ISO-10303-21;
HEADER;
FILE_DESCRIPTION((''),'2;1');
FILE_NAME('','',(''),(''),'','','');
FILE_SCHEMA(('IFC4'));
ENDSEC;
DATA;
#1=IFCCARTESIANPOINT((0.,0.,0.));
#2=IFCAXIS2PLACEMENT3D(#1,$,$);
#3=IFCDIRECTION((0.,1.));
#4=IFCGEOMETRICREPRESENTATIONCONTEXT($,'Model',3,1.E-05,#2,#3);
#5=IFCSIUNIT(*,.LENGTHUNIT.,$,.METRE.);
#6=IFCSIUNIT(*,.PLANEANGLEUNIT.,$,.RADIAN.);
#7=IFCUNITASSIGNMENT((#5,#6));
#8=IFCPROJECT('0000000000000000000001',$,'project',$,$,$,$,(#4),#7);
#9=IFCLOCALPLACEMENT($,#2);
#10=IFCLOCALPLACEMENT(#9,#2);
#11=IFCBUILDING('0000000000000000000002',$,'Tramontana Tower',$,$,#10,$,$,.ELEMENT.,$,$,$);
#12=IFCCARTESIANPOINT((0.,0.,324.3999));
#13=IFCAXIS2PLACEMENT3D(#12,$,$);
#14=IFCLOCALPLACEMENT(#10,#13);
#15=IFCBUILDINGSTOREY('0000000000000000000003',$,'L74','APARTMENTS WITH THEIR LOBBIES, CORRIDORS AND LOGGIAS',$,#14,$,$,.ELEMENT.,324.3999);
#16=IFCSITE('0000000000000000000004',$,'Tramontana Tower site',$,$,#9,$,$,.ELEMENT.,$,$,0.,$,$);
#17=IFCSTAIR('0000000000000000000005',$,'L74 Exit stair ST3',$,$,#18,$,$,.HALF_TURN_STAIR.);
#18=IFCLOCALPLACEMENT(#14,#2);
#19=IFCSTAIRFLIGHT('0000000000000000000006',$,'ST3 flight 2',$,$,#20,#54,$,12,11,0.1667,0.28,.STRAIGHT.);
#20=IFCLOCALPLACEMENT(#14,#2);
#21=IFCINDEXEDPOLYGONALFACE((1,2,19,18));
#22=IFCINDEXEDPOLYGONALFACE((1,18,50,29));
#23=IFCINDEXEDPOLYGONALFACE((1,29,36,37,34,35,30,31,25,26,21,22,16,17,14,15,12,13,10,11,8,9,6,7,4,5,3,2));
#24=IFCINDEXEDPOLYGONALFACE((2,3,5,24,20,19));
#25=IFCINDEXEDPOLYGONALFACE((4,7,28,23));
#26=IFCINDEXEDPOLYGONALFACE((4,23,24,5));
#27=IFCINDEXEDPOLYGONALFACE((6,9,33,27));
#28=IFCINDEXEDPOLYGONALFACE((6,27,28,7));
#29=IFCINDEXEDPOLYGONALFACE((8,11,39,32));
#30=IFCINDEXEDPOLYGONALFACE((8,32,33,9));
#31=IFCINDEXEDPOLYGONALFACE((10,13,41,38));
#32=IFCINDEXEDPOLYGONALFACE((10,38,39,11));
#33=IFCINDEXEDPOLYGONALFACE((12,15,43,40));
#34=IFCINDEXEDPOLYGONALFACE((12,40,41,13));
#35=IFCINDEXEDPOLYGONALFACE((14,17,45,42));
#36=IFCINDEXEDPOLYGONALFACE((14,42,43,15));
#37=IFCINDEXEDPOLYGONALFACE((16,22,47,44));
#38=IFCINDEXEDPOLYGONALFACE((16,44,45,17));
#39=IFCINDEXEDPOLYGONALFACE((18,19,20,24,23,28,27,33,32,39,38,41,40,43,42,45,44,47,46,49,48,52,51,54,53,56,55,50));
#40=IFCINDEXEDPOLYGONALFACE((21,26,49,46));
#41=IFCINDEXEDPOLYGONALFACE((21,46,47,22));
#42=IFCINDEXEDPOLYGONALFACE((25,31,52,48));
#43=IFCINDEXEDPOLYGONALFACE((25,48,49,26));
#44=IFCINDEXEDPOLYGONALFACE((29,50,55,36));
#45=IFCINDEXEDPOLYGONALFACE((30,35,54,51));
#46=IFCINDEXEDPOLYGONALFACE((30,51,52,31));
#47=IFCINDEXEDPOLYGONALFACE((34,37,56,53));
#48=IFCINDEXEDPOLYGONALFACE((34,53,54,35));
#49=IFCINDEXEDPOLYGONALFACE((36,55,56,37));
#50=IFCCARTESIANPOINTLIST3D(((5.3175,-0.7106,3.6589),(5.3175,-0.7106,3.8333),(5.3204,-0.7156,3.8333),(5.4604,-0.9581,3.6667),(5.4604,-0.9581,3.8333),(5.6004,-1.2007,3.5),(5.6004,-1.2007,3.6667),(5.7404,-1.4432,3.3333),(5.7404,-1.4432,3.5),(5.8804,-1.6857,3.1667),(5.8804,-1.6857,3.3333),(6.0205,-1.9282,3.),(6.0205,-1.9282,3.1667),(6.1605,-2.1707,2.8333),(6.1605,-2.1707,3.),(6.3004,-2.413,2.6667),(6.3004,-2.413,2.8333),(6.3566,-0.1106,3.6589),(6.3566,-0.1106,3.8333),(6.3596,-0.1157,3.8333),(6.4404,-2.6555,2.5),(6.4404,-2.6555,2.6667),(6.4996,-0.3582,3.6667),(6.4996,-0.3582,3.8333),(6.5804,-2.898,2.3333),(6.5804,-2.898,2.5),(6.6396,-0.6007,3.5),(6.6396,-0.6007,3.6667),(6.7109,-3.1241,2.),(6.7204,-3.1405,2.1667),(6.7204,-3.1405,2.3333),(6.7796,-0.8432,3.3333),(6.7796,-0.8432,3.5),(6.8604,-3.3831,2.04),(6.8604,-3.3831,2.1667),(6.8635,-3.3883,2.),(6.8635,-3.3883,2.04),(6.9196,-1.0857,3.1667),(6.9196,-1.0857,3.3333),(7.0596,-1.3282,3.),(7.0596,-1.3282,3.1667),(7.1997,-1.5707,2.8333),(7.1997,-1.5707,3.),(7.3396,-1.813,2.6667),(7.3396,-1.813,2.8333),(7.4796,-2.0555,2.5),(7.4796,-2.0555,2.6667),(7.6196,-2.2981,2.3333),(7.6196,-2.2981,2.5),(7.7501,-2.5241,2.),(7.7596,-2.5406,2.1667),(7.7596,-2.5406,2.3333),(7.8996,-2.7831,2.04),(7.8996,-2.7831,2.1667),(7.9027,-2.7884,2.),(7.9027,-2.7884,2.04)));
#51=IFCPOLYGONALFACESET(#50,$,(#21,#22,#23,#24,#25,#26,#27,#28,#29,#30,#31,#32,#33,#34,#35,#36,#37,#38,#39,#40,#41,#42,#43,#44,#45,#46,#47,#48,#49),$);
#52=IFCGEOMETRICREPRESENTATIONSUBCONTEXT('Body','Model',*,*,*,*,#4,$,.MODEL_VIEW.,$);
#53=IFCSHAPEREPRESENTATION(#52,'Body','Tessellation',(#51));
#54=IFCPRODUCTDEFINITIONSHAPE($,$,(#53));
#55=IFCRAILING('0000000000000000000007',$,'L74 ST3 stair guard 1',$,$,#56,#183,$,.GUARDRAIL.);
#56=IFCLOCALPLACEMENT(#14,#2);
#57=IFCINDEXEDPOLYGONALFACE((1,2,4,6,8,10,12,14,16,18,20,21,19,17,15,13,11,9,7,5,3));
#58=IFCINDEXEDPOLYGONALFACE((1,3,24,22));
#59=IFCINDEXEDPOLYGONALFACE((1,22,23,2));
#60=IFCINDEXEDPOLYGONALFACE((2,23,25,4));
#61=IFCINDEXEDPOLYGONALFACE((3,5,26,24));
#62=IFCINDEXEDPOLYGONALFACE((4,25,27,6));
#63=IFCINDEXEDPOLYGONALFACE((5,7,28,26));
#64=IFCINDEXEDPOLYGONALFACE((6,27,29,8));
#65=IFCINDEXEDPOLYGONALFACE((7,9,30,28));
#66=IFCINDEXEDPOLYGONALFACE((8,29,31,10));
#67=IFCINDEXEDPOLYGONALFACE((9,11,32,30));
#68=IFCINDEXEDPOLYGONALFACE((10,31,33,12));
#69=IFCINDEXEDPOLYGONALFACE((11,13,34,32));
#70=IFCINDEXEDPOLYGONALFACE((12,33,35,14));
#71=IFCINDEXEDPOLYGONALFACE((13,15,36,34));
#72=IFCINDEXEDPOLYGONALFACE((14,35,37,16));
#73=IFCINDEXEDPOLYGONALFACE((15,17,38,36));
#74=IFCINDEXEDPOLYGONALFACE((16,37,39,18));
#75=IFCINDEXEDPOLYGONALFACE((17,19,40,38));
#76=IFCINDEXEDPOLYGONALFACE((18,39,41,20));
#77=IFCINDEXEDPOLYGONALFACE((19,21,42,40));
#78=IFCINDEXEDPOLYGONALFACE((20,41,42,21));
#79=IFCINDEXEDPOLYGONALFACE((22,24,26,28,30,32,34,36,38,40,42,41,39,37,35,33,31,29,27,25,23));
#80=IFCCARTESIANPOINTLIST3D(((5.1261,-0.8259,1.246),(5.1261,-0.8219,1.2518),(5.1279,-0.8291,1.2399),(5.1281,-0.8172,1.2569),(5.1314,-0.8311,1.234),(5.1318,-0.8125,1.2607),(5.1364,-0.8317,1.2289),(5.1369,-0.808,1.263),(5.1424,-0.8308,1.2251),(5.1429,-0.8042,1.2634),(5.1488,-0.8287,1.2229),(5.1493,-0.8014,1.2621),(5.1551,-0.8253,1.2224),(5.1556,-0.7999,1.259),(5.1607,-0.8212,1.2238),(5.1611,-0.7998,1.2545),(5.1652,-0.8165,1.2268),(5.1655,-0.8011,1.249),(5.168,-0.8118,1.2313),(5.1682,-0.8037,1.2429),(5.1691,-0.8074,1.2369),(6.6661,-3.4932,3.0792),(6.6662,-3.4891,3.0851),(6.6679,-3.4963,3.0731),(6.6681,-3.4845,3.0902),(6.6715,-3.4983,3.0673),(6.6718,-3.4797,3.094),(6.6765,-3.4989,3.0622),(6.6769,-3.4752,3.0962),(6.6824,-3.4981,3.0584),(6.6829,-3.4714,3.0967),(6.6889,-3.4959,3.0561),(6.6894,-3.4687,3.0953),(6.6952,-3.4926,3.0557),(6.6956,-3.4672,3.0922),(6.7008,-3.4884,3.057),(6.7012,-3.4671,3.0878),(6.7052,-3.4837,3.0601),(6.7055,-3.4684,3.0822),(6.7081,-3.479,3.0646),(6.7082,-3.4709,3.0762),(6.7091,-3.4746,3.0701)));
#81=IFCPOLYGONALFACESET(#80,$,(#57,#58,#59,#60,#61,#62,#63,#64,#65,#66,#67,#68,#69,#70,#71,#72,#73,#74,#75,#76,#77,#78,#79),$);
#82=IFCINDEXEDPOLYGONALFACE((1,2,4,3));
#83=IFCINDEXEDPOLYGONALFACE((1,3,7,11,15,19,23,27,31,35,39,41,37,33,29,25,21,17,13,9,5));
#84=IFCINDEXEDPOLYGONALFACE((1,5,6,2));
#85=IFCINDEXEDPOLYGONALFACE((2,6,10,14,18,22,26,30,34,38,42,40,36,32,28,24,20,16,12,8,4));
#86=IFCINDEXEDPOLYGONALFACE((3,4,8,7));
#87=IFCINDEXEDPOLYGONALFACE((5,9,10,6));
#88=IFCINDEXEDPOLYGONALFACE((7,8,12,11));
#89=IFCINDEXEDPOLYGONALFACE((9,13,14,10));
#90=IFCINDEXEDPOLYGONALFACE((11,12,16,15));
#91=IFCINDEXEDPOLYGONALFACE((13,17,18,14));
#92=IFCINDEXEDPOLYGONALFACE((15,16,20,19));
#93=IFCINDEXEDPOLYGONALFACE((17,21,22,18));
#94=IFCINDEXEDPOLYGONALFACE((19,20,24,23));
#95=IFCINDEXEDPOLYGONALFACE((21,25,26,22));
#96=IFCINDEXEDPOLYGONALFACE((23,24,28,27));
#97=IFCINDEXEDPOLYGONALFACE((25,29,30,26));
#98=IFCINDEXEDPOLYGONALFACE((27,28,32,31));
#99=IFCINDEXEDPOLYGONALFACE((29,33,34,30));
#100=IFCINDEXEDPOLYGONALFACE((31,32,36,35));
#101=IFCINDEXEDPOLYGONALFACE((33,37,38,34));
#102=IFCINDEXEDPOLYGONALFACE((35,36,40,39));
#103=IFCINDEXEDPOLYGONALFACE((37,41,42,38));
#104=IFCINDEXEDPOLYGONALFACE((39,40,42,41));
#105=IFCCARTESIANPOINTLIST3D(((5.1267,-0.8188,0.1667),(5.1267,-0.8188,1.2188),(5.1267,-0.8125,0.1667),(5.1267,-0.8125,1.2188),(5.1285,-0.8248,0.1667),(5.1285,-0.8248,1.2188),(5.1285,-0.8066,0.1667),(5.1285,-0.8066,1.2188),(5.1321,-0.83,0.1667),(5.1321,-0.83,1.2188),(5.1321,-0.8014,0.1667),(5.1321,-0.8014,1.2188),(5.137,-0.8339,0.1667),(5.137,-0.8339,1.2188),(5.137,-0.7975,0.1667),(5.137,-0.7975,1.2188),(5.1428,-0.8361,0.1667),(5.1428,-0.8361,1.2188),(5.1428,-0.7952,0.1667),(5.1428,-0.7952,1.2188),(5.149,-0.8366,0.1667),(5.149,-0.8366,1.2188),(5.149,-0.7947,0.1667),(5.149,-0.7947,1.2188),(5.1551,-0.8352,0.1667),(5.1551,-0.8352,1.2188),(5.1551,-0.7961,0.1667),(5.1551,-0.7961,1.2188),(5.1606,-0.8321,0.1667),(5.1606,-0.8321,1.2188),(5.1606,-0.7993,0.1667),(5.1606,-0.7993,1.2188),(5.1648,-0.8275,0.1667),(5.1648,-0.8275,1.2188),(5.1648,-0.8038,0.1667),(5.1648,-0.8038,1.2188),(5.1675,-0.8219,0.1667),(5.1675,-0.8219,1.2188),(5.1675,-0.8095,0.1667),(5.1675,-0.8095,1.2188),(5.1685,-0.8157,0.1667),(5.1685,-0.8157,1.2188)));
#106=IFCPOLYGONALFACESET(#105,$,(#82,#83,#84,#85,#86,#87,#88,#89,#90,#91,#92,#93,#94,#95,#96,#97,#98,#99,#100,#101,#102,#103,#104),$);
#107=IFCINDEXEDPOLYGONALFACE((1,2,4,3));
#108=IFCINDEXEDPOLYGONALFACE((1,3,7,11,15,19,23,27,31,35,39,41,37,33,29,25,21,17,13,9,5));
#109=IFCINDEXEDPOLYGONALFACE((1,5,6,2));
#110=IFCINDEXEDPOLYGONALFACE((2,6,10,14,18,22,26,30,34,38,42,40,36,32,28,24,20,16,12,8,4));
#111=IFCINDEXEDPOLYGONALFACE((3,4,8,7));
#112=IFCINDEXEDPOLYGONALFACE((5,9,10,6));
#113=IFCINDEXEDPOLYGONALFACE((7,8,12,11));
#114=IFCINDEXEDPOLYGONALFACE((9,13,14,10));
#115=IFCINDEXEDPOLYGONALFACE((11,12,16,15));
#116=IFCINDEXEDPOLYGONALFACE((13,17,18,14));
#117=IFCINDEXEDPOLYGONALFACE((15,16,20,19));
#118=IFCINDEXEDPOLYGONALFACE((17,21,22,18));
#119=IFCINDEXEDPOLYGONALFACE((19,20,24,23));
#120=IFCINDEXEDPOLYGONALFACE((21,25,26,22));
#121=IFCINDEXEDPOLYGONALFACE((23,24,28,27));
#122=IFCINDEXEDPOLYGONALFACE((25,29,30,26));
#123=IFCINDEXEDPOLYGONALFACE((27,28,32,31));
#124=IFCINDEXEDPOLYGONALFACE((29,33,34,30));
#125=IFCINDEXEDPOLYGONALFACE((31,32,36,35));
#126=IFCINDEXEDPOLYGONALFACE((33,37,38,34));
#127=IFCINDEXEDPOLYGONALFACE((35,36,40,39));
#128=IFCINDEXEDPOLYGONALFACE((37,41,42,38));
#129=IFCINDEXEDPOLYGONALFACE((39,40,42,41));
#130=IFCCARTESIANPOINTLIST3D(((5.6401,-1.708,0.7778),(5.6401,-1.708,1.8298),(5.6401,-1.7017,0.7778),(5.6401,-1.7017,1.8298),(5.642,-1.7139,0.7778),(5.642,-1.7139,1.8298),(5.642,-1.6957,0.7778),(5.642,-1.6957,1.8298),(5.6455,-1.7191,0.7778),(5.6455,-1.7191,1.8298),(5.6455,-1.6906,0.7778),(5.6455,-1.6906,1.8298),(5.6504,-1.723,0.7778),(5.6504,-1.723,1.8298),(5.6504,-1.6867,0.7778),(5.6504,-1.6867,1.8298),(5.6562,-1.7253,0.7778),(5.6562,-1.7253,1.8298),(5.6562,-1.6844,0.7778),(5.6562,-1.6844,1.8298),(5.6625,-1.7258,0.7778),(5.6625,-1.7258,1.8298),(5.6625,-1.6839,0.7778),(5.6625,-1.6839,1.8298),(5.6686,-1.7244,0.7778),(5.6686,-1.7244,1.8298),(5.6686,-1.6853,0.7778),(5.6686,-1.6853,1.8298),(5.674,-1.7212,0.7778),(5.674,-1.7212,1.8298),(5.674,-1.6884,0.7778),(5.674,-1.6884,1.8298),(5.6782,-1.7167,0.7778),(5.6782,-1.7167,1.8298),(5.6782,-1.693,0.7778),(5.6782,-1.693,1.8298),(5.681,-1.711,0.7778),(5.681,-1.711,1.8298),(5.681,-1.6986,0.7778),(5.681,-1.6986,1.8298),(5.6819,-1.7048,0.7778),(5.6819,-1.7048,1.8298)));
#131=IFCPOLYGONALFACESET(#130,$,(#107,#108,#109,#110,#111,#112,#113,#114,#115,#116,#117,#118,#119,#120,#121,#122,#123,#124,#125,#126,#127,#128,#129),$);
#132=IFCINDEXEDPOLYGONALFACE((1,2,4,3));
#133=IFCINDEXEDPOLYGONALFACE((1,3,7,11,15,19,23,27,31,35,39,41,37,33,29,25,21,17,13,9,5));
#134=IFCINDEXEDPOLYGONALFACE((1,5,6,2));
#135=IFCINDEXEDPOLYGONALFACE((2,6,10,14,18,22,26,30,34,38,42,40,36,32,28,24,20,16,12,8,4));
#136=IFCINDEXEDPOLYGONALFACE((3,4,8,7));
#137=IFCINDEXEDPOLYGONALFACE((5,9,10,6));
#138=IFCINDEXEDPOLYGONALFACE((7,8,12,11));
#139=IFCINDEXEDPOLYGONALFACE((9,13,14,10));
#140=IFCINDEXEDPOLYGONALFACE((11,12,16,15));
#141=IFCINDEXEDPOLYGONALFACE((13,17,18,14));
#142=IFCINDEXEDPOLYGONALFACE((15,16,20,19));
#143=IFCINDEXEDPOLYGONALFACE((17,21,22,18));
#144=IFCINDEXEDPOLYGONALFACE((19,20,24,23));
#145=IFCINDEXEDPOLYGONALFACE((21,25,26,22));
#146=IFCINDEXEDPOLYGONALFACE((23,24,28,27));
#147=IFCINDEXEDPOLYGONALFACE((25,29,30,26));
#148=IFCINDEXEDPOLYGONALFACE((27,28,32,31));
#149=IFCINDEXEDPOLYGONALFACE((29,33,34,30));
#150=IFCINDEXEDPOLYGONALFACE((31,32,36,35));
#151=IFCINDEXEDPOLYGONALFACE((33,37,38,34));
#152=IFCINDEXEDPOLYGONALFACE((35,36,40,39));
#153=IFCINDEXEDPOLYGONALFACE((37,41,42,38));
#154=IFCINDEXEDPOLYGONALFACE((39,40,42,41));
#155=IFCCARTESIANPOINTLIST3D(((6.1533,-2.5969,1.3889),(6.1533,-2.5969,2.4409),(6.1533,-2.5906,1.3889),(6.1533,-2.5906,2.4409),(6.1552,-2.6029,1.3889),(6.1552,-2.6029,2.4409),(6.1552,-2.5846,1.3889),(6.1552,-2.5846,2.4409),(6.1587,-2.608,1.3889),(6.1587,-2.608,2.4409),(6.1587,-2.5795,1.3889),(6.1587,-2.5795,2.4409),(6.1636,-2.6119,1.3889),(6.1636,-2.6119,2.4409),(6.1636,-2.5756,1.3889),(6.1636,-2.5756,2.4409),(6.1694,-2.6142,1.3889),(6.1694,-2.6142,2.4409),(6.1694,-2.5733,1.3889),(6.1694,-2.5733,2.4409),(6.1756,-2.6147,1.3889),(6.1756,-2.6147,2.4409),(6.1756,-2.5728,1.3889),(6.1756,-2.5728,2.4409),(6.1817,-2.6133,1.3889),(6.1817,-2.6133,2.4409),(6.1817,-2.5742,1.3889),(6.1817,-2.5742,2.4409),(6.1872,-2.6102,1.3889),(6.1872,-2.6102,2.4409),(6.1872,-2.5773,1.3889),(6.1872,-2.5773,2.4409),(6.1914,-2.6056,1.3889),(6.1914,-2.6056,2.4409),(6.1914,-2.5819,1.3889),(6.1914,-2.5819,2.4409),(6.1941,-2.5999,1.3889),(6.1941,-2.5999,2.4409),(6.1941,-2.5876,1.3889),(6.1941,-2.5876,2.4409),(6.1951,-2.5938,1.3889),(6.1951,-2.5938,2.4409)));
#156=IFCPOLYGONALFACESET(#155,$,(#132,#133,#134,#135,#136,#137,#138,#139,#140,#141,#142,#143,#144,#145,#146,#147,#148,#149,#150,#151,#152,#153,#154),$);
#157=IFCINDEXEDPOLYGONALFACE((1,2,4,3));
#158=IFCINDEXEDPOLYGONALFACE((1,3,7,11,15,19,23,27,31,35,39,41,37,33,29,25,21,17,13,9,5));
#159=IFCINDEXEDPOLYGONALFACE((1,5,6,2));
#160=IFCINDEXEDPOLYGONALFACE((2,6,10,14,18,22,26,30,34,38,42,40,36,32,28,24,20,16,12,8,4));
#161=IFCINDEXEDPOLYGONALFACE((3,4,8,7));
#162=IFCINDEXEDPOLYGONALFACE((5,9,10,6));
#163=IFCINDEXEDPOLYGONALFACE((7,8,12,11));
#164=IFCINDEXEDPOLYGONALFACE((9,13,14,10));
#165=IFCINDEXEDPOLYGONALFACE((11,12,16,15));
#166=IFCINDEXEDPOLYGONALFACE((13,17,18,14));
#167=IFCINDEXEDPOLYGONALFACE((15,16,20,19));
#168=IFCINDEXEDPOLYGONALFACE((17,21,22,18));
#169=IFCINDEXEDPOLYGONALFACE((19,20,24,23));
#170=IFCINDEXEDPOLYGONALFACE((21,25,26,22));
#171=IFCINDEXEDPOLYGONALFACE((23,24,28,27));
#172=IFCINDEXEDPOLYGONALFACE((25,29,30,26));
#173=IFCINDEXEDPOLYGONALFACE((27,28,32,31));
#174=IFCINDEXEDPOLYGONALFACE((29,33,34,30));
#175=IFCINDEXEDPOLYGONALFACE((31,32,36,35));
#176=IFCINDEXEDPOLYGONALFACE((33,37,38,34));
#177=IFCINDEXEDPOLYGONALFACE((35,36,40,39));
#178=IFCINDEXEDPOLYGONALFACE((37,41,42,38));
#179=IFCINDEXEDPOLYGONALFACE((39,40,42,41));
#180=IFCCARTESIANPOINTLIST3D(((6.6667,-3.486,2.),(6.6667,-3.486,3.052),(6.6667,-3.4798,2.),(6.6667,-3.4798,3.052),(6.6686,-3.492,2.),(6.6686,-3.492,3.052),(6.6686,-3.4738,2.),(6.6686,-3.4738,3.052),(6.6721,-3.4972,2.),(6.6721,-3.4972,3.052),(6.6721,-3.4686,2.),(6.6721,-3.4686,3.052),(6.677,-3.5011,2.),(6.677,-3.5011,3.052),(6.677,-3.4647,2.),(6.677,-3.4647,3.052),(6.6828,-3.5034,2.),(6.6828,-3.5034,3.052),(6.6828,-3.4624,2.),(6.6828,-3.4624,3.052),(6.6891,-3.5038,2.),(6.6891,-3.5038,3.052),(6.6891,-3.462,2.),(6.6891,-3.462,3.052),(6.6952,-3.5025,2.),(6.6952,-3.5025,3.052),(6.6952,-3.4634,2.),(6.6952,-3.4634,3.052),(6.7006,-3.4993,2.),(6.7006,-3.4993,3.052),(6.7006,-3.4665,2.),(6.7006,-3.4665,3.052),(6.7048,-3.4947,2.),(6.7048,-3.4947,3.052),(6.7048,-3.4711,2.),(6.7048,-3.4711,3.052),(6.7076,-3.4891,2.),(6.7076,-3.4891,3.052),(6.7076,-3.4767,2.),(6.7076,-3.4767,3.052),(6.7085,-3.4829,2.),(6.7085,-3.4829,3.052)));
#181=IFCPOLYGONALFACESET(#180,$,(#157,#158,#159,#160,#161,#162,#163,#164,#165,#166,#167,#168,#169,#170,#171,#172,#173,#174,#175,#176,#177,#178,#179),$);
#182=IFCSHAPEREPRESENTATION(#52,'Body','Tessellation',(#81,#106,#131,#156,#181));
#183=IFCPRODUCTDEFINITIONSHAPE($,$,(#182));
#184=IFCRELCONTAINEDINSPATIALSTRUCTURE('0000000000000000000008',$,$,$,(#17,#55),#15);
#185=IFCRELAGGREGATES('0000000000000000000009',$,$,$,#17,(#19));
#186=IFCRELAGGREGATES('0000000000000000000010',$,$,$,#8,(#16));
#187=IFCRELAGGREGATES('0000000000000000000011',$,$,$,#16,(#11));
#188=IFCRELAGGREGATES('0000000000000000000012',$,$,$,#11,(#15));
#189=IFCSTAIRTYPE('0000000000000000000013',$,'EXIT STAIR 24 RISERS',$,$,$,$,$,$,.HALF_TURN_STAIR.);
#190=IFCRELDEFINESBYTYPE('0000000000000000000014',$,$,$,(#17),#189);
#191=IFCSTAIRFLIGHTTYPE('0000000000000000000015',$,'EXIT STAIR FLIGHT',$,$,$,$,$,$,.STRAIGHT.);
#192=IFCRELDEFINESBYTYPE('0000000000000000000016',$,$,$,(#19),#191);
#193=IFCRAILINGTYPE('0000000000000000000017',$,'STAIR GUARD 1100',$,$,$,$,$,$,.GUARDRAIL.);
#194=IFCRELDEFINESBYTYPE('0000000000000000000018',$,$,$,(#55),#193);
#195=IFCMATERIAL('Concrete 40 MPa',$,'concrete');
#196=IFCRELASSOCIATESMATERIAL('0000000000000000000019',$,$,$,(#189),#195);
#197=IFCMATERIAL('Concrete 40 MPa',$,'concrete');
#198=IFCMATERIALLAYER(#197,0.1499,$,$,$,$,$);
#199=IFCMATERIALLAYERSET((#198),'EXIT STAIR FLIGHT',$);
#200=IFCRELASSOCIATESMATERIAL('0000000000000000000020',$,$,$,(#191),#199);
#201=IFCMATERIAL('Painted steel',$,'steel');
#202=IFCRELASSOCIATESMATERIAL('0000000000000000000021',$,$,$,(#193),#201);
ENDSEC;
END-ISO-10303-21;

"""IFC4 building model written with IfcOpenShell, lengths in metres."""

from ifc_helpers import new_model, si_unit, direction, frame, origin, origin_2d, place, context, subcontext, project, spatial, polyline, circle, outline, extrude, material, layer, layer_set, type_object, element, aggregate, save


model = new_model("IFC4")

# Units and contexts
model_context = context("Model", 3, precision=1e-05, world=origin(), true_north=direction((0.0, 1.0)))
body_context = subcontext(model_context, "Body", "Model", "MODEL_VIEW")
ifc_project = project(units=[si_unit("LENGTHUNIT", "METRE"), si_unit("PLANEANGLEUNIT", "RADIAN")], contexts=[model_context])

# Site, building, storey
site_placement = place(None, origin())
site = spatial("IfcSite", under=ifc_project, at=site_placement, Name="Tramontana Tower site", CompositionType="ELEMENT", RefElevation=0.0)
building_placement = place(site_placement, origin())
building = spatial("IfcBuilding", under=site, at=building_placement, Name="Tramontana Tower", CompositionType="ELEMENT")
storey_placement = place(building_placement, frame((0.0, 0.0, 324.3999)))
storey = spatial("IfcBuildingStorey", under=building, at=storey_placement, Name="L74", Description="APARTMENTS WITH THEIR LOBBIES, CORRIDORS AND LOGGIAS", CompositionType="ELEMENT", Elevation=324.3999)

# Stair, stair flight
ifc_material_1 = material(Name="Concrete 40 MPa", Category="concrete")
stair_type = type_object("IfcStairType", Name="EXIT STAIR 24 RISERS", PredefinedType="HALF_TURN_STAIR", material=ifc_material_1)
stair_placement = place(storey_placement, origin())
stair = element("IfcStair", 1, at=stair_placement, inside=storey, type_object=stair_type, Name="L74 Exit stair ST3", PredefinedType="HALF_TURN_STAIR")
ifc_material_2 = material(Name="Concrete 40 MPa", Category="concrete")
ifc_layer_1 = layer(ifc_material_2, 0.1499)
ifc_layer_set_1 = layer_set([ifc_layer_1], Name="EXIT STAIR FLIGHT")
stair_flight_type = type_object("IfcStairFlightType", Name="EXIT STAIR FLIGHT", PredefinedType="STRAIGHT", material=ifc_layer_set_1)
stair_flight_1_placement = place(storey_placement, frame((7.3801, -3.083, 2.0), z_axis=(0.0, 0.0, 1.0), x_axis=(-0.5, 0.866025, 0.0)))
stair_flight_1 = element("IfcStairFlight", 2, at=stair_flight_1_placement, type_object=stair_flight_type, Name="ST3 flight 2", NumberOfRisers=12, NumberOfTreads=11, PredefinedType="STRAIGHT", RiserHeight=0.1667, TreadLength=0.28, context=body_context, shape_type="SweptSolid", body=[
    extrude(outline(polyline([(-0.0061, 0.0), (-0.0061, 0.04), (0.0, 0.04), (0.0, 0.1667), (0.28, 0.1667), (0.28, 0.3333), (0.5601, 0.3333), (0.5601, 0.5), (0.8401, 0.5), (0.8401, 0.6667), (1.1201, 0.6667), (1.1201, 0.8333), (1.3999, 0.8333), (1.3999, 1.0), (1.6799, 1.0), (1.6799, 1.1667), (1.96, 1.1667), (1.96, 1.3333), (2.24, 1.3333), (2.24, 1.5), (2.52, 1.5), (2.52, 1.6667), (2.8, 1.6667), (2.8, 1.8333), (3.0801, 1.8333), (3.0859, 1.8333), (3.0859, 1.6589), (0.2991, 0.0), (-0.0061, 0.0)])), frame((0.0, 0.6001, 0.0), z_axis=(0.0, -1.0, 0.0), x_axis=(1.0, 0.0, 0.0)), (0.0, 0.0, 1.0), 1.2),
])
aggregate(stair, [stair_flight_1])

# Railing
ifc_material_3 = material(Name="Painted steel", Category="steel")
railing_type_1 = type_object("IfcRailingType", Name="STAIR GUARD 1100", PredefinedType="GUARDRAIL", material=ifc_material_3)
railing_1_placement = place(storey_placement, frame((5.1475, -0.8157, 0.1667)))
element("IfcRailing", 3, at=railing_1_placement, inside=storey, type_object=railing_type_1, Name="L74 ST3 stair guard 1", PredefinedType="GUARDRAIL", context=body_context, shape_type="SweptSolid", body=[
    extrude(circle(Radius=0.0239, at=origin_2d()), frame((0.0, 0.0, 1.0762), z_axis=(0.429671, -0.744159, 0.511478), x_axis=(0.86601, 0.500027, 0.0)), (0.0, 0.0, 1.0), 3.5842),
    extrude(circle(Radius=0.021, at=origin_2d()), origin(), (0.0, 0.0, 1.0), 1.052),
    extrude(circle(Radius=0.021, at=origin_2d()), frame((0.5134, -0.8892, 0.6111)), (0.0, 0.0, 1.0), 1.052),
    extrude(circle(Radius=0.021, at=origin_2d()), frame((1.0266, -1.7781, 1.2222)), (0.0, 0.0, 1.0), 1.052),
    extrude(circle(Radius=0.021, at=origin_2d()), frame((1.54, -2.6672, 1.8333)), (0.0, 0.0, 1.0), 1.052),
])

save(model, "model.ifc")
